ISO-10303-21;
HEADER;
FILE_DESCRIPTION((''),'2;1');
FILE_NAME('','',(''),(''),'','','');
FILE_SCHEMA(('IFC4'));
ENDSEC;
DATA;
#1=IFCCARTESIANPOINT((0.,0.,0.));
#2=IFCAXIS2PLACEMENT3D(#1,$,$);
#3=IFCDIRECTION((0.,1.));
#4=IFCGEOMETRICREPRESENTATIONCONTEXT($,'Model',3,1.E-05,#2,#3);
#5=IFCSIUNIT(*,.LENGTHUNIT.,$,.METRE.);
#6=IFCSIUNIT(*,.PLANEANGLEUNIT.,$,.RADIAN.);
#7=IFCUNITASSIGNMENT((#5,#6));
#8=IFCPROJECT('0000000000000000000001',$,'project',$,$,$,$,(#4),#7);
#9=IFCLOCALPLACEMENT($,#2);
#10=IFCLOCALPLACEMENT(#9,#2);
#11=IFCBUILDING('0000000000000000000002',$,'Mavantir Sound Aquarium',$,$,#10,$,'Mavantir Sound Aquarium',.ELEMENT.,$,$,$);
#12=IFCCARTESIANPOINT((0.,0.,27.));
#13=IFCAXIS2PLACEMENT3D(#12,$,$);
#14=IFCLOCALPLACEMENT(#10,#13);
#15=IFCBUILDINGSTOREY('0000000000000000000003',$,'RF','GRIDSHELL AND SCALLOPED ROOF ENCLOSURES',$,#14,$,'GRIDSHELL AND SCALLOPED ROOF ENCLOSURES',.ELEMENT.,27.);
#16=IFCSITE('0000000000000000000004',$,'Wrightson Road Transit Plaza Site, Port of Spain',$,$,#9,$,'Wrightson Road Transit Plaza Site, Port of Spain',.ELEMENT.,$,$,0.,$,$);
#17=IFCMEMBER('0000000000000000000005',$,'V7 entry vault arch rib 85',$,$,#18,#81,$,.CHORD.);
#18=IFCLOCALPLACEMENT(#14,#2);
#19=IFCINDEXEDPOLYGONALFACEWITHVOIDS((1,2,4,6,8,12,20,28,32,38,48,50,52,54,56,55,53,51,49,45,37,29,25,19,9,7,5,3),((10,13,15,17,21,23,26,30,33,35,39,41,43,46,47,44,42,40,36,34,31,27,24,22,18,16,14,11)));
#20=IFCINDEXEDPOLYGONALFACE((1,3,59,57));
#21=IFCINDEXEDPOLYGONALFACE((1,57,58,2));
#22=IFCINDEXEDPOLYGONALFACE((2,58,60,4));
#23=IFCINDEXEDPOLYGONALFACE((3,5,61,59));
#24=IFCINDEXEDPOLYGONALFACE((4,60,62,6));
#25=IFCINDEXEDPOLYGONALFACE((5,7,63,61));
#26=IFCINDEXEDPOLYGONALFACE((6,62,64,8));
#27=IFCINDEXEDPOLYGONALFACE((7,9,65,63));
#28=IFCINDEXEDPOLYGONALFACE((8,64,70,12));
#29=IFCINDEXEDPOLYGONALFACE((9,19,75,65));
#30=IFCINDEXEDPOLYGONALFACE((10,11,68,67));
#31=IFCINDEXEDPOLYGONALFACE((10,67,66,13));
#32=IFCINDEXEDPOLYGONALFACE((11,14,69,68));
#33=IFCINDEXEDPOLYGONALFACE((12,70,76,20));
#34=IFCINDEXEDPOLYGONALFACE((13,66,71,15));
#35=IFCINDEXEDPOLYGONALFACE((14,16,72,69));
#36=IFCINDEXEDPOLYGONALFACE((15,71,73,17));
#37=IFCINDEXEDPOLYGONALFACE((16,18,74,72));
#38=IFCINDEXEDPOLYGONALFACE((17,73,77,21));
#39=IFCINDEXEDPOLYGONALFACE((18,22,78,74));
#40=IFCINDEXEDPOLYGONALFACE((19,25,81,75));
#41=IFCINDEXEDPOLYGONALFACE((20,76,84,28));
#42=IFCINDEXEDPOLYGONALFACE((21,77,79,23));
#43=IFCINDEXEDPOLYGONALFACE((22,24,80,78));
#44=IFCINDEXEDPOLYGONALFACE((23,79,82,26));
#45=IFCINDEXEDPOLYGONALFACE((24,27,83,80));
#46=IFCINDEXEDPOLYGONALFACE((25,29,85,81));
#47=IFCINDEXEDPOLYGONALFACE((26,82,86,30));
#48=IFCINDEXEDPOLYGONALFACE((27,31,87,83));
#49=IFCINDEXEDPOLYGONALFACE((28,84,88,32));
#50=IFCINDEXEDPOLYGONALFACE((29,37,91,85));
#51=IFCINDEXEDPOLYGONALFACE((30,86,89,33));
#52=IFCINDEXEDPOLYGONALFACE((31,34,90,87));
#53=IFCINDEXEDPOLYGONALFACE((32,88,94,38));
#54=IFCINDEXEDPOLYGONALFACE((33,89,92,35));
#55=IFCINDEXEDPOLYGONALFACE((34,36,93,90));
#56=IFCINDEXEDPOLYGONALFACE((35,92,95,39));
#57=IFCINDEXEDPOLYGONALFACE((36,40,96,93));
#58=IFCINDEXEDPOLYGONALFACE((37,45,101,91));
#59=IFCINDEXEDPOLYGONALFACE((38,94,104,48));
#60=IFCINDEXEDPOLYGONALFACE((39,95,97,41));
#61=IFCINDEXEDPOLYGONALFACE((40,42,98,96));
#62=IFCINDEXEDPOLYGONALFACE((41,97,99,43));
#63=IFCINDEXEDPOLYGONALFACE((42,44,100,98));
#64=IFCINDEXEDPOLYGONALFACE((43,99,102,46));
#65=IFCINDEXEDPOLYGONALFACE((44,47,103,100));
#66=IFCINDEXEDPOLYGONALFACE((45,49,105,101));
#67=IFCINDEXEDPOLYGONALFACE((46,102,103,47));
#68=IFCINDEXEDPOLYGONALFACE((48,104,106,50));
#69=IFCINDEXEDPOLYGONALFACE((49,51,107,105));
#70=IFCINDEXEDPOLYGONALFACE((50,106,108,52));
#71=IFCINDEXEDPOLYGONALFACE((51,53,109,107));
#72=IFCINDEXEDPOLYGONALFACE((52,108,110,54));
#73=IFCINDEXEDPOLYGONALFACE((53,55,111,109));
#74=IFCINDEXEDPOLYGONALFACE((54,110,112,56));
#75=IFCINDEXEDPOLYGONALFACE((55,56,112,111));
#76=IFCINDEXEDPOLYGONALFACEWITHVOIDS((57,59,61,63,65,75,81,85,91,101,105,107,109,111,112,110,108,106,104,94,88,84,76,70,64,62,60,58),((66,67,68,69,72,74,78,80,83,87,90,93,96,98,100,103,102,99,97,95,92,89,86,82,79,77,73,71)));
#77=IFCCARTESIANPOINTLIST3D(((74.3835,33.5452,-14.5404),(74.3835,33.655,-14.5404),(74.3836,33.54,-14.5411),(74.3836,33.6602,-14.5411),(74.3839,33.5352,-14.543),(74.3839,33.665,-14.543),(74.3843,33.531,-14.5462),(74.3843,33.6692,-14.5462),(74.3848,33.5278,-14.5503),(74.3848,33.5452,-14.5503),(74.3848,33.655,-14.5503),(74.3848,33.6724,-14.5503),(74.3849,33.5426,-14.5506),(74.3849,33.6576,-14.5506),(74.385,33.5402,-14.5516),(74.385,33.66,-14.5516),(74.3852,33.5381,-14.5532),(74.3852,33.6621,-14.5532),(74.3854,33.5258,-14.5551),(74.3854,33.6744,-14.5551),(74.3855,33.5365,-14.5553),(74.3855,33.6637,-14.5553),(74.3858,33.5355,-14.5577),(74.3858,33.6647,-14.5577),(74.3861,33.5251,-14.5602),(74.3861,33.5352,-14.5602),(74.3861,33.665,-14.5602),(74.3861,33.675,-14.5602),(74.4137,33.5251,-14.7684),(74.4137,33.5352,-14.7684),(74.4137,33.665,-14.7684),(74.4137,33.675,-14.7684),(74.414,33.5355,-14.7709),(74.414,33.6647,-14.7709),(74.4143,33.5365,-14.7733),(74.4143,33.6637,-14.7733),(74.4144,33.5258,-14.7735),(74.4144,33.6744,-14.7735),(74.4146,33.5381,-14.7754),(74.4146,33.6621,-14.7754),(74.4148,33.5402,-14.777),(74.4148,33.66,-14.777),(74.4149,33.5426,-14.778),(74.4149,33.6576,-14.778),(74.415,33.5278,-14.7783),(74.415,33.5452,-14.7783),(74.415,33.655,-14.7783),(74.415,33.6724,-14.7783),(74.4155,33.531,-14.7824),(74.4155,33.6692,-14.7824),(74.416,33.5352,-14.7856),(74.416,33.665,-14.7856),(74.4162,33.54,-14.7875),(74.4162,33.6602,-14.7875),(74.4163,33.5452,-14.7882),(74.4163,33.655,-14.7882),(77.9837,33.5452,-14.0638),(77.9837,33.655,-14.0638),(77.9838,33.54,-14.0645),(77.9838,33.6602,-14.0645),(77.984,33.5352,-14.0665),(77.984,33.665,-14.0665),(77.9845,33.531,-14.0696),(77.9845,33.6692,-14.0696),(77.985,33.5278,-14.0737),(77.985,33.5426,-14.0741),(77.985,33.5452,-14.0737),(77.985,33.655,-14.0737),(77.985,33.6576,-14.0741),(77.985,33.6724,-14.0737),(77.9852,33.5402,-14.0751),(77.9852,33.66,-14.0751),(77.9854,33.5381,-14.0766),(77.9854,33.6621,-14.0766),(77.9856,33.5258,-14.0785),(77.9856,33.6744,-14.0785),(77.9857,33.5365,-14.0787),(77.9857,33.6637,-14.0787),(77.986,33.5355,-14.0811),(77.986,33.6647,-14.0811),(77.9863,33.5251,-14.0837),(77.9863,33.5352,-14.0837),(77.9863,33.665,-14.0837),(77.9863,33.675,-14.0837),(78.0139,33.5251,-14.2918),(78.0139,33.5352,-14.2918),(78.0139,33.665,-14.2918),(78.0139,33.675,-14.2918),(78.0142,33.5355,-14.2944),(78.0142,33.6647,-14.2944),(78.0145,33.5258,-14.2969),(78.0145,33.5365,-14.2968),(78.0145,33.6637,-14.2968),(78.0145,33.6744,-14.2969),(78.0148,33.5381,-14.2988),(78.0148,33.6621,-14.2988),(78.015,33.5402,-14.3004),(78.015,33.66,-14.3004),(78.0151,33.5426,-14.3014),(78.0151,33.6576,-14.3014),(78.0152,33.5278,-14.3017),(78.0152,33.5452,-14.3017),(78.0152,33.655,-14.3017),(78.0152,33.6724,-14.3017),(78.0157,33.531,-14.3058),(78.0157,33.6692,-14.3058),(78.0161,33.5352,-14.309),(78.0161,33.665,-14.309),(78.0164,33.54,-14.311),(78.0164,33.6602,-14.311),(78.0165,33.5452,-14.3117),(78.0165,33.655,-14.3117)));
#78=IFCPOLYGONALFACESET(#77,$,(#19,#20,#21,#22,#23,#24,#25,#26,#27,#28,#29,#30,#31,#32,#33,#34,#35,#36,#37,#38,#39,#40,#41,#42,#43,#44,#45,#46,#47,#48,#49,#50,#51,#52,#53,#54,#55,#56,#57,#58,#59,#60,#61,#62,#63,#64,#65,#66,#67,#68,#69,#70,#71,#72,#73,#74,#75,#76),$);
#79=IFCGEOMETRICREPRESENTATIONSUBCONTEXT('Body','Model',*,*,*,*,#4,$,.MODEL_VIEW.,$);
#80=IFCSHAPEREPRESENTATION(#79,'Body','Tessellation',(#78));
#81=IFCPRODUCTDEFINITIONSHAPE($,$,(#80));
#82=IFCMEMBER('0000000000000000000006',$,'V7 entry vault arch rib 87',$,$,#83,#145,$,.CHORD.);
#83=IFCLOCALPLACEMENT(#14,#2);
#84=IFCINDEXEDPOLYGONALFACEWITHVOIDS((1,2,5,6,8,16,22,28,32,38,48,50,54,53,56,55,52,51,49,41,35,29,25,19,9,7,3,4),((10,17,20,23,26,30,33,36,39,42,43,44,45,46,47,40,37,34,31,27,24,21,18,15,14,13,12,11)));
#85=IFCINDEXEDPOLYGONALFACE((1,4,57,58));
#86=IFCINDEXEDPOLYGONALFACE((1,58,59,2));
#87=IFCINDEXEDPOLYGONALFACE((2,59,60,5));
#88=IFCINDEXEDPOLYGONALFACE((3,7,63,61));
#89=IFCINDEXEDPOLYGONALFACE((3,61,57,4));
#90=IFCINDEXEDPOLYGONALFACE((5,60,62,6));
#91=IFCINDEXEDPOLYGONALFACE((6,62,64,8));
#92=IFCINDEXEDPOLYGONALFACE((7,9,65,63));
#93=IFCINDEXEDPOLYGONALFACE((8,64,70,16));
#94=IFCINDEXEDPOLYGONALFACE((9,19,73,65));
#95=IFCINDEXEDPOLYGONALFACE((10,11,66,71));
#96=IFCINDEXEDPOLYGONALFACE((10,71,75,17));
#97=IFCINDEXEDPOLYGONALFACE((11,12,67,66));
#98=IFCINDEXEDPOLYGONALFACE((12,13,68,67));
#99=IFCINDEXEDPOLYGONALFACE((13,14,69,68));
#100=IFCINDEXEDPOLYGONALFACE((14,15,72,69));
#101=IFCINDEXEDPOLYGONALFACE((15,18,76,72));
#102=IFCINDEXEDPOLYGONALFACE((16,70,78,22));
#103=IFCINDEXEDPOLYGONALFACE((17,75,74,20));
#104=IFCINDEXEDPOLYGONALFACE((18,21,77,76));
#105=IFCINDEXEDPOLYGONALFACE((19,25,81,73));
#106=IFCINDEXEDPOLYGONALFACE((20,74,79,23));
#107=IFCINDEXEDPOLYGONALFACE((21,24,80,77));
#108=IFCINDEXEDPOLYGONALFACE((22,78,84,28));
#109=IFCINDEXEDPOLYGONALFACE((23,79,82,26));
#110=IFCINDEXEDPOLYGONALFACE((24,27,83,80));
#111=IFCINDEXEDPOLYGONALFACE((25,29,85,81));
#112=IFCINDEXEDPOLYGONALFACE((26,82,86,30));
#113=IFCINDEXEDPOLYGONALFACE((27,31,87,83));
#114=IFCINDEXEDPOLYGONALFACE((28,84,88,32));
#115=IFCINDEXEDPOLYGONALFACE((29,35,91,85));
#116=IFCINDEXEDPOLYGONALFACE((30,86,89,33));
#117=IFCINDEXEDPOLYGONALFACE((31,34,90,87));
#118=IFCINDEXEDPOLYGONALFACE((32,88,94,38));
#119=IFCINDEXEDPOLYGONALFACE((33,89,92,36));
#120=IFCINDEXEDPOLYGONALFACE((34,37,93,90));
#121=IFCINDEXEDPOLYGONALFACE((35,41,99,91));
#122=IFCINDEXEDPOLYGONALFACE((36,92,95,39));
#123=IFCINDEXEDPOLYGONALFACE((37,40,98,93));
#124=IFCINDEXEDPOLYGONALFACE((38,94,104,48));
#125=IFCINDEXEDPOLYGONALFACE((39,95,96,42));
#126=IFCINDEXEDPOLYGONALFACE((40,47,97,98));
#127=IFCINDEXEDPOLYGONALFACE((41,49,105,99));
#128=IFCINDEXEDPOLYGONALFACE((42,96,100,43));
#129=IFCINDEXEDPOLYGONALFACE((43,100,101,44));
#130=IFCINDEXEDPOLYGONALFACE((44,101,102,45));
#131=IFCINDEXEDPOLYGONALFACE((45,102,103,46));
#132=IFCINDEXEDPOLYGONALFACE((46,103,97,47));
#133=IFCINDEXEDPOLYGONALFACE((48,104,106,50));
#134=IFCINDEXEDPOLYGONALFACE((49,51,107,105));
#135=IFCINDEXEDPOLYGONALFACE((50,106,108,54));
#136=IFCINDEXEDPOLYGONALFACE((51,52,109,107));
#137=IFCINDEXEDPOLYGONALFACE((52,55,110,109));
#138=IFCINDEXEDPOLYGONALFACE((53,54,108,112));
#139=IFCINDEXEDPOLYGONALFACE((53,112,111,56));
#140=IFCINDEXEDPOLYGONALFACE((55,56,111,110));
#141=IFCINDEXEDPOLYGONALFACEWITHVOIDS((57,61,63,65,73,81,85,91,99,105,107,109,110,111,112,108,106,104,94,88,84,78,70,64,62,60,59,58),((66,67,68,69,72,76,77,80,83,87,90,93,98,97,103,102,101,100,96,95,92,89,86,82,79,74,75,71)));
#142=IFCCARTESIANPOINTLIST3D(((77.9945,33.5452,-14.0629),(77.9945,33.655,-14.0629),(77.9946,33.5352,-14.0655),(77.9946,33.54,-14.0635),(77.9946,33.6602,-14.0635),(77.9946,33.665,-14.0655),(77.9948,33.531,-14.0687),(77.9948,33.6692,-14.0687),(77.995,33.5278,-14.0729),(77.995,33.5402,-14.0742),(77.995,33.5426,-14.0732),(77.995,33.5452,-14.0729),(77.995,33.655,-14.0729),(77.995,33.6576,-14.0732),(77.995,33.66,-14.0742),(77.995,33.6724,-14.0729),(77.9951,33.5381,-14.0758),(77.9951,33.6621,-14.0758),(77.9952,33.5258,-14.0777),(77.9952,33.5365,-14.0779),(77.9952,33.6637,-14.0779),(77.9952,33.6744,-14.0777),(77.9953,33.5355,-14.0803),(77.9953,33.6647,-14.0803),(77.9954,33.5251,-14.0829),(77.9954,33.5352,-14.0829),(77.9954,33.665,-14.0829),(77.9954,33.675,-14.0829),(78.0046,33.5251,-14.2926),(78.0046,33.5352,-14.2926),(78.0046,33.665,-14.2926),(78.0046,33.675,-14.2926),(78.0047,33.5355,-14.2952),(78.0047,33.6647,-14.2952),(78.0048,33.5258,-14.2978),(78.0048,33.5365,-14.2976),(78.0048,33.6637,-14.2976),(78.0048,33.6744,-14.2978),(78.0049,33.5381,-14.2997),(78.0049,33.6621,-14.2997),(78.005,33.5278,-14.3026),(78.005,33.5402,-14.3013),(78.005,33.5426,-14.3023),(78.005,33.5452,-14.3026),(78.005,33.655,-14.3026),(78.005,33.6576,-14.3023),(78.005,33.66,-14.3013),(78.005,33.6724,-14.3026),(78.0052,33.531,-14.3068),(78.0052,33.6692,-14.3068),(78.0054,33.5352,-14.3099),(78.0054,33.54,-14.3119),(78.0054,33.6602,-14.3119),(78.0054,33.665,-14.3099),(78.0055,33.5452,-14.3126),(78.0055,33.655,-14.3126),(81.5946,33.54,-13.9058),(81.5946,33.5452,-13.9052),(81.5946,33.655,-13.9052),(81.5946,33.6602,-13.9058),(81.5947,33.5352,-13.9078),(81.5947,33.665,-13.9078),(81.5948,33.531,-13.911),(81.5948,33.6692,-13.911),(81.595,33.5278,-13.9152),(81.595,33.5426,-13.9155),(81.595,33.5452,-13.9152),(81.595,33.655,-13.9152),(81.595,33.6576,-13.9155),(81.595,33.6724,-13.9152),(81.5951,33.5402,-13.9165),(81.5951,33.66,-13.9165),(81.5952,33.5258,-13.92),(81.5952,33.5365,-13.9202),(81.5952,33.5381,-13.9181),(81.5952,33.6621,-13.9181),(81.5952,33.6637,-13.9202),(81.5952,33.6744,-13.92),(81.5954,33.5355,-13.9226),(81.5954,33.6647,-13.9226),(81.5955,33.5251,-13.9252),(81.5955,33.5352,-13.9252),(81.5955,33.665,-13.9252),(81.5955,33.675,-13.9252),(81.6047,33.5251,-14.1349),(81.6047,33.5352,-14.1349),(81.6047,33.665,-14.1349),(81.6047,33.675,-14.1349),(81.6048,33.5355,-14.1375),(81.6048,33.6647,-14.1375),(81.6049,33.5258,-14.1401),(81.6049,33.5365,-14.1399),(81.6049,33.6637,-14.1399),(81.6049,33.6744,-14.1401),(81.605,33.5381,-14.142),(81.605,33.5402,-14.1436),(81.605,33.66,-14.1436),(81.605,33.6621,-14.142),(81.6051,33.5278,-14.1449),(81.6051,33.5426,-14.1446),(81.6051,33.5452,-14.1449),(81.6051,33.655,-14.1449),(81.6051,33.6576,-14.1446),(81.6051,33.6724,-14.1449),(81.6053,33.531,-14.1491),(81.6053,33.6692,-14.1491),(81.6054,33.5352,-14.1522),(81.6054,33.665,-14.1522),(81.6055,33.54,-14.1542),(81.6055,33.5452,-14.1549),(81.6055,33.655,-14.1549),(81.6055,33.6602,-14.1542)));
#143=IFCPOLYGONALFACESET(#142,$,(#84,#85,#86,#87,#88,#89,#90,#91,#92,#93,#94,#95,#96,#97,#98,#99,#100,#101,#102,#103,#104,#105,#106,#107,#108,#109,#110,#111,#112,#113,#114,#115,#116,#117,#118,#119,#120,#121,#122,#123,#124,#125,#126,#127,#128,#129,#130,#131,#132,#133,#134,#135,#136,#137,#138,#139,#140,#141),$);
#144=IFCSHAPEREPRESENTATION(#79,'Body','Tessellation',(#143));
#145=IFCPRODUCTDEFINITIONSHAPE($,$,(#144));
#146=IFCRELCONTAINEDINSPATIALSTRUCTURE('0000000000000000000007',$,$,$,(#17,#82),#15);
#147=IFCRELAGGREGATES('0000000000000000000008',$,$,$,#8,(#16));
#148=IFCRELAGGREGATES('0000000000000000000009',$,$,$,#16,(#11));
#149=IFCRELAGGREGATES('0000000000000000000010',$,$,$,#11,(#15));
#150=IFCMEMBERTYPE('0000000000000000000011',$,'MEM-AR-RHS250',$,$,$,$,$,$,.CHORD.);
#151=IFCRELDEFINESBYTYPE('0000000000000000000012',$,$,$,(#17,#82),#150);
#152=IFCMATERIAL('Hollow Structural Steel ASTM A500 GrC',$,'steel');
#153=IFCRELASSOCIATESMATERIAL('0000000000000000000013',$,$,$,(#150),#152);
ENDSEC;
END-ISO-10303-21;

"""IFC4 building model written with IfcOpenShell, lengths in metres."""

from ifc_helpers import new_model, si_unit, direction, frame, origin, origin_2d, place, context, subcontext, project, spatial, hollow_rectangle, extrude, material, material_profile, profile_set, type_object, element, save


model = new_model("IFC4")

# Units and contexts
model_context = context("Model", 3, precision=1e-05, world=origin(), true_north=direction((0.0, 1.0)))
body_context = subcontext(model_context, "Body", "Model", "MODEL_VIEW")
ifc_project = project(units=[si_unit("LENGTHUNIT", "METRE"), si_unit("PLANEANGLEUNIT", "RADIAN")], contexts=[model_context])

# Site, building, storey
site_placement = place(None, origin())
site = spatial("IfcSite", under=ifc_project, at=site_placement, Name="Wrightson Road Transit Plaza Site, Port of Spain", LongName="Wrightson Road Transit Plaza Site, Port of Spain", CompositionType="ELEMENT", RefElevation=0.0)
building_placement = place(site_placement, origin())
building = spatial("IfcBuilding", under=site, at=building_placement, Name="Mavantir Sound Aquarium", LongName="Mavantir Sound Aquarium", CompositionType="ELEMENT")
storey_placement = place(building_placement, frame((0.0, 0.0, 27.0)))
storey = spatial("IfcBuildingStorey", under=building, at=storey_placement, Name="RF", Description="GRIDSHELL AND SCALLOPED ROOF ENCLOSURES", LongName="GRIDSHELL AND SCALLOPED ROOF ENCLOSURES", CompositionType="ELEMENT", Elevation=27.0)

# Shared definitions
ifc_material_1 = material(Name="Hollow Structural Steel ASTM A500 GrC", Category="steel")

# Members
ifc_material_profile_1 = material_profile(ifc_material_1, hollow_rectangle(XDim=0.1499, YDim=0.25, WallThickness=0.01, InnerFilletRadius=0.01, OuterFilletRadius=0.02, at=origin_2d()), Name="RHS 250X150X10")
ifc_profile_set_1 = profile_set([ifc_material_profile_1], Name="Hollow Structural Steel ASTM A500 GrC")
member_type_1 = type_object("IfcMemberType", Name="MEM-AR-RHS250", PredefinedType="CHORD", material=ifc_profile_set_1)
member_1_placement = place(storey_placement, frame((74.3999, 33.6001, -14.6643), z_axis=(0.991352, 0.0, 0.13123), x_axis=(0.0, 1.0, 0.0)))
element("IfcMember", 1, at=member_1_placement, inside=storey, type_object=member_type_1, Name="V7 entry vault arch rib 85", PredefinedType="CHORD", context=body_context, shape_type="SweptSolid", body=[
    extrude(hollow_rectangle(XDim=0.1499, YDim=0.25, WallThickness=0.01, InnerFilletRadius=0.01, OuterFilletRadius=0.02, at=origin_2d()), origin(), (0.0, 0.0, 1.0), 3.6316),
])
member_2_placement = place(storey_placement, frame((78.0, 33.6001, -14.1877), z_axis=(0.999042, 0.0, 0.043767), x_axis=(0.0, 1.0, 0.0)))
element("IfcMember", 2, at=member_2_placement, inside=storey, type_object=member_type_1, Name="V7 entry vault arch rib 87", PredefinedType="CHORD", context=body_context, shape_type="SweptSolid", body=[
    extrude(hollow_rectangle(XDim=0.1499, YDim=0.25, WallThickness=0.01, InnerFilletRadius=0.01, OuterFilletRadius=0.02, at=origin_2d()), origin(), (0.0, 0.0, 1.0), 3.6035),
])

save(model, "model.ifc")
